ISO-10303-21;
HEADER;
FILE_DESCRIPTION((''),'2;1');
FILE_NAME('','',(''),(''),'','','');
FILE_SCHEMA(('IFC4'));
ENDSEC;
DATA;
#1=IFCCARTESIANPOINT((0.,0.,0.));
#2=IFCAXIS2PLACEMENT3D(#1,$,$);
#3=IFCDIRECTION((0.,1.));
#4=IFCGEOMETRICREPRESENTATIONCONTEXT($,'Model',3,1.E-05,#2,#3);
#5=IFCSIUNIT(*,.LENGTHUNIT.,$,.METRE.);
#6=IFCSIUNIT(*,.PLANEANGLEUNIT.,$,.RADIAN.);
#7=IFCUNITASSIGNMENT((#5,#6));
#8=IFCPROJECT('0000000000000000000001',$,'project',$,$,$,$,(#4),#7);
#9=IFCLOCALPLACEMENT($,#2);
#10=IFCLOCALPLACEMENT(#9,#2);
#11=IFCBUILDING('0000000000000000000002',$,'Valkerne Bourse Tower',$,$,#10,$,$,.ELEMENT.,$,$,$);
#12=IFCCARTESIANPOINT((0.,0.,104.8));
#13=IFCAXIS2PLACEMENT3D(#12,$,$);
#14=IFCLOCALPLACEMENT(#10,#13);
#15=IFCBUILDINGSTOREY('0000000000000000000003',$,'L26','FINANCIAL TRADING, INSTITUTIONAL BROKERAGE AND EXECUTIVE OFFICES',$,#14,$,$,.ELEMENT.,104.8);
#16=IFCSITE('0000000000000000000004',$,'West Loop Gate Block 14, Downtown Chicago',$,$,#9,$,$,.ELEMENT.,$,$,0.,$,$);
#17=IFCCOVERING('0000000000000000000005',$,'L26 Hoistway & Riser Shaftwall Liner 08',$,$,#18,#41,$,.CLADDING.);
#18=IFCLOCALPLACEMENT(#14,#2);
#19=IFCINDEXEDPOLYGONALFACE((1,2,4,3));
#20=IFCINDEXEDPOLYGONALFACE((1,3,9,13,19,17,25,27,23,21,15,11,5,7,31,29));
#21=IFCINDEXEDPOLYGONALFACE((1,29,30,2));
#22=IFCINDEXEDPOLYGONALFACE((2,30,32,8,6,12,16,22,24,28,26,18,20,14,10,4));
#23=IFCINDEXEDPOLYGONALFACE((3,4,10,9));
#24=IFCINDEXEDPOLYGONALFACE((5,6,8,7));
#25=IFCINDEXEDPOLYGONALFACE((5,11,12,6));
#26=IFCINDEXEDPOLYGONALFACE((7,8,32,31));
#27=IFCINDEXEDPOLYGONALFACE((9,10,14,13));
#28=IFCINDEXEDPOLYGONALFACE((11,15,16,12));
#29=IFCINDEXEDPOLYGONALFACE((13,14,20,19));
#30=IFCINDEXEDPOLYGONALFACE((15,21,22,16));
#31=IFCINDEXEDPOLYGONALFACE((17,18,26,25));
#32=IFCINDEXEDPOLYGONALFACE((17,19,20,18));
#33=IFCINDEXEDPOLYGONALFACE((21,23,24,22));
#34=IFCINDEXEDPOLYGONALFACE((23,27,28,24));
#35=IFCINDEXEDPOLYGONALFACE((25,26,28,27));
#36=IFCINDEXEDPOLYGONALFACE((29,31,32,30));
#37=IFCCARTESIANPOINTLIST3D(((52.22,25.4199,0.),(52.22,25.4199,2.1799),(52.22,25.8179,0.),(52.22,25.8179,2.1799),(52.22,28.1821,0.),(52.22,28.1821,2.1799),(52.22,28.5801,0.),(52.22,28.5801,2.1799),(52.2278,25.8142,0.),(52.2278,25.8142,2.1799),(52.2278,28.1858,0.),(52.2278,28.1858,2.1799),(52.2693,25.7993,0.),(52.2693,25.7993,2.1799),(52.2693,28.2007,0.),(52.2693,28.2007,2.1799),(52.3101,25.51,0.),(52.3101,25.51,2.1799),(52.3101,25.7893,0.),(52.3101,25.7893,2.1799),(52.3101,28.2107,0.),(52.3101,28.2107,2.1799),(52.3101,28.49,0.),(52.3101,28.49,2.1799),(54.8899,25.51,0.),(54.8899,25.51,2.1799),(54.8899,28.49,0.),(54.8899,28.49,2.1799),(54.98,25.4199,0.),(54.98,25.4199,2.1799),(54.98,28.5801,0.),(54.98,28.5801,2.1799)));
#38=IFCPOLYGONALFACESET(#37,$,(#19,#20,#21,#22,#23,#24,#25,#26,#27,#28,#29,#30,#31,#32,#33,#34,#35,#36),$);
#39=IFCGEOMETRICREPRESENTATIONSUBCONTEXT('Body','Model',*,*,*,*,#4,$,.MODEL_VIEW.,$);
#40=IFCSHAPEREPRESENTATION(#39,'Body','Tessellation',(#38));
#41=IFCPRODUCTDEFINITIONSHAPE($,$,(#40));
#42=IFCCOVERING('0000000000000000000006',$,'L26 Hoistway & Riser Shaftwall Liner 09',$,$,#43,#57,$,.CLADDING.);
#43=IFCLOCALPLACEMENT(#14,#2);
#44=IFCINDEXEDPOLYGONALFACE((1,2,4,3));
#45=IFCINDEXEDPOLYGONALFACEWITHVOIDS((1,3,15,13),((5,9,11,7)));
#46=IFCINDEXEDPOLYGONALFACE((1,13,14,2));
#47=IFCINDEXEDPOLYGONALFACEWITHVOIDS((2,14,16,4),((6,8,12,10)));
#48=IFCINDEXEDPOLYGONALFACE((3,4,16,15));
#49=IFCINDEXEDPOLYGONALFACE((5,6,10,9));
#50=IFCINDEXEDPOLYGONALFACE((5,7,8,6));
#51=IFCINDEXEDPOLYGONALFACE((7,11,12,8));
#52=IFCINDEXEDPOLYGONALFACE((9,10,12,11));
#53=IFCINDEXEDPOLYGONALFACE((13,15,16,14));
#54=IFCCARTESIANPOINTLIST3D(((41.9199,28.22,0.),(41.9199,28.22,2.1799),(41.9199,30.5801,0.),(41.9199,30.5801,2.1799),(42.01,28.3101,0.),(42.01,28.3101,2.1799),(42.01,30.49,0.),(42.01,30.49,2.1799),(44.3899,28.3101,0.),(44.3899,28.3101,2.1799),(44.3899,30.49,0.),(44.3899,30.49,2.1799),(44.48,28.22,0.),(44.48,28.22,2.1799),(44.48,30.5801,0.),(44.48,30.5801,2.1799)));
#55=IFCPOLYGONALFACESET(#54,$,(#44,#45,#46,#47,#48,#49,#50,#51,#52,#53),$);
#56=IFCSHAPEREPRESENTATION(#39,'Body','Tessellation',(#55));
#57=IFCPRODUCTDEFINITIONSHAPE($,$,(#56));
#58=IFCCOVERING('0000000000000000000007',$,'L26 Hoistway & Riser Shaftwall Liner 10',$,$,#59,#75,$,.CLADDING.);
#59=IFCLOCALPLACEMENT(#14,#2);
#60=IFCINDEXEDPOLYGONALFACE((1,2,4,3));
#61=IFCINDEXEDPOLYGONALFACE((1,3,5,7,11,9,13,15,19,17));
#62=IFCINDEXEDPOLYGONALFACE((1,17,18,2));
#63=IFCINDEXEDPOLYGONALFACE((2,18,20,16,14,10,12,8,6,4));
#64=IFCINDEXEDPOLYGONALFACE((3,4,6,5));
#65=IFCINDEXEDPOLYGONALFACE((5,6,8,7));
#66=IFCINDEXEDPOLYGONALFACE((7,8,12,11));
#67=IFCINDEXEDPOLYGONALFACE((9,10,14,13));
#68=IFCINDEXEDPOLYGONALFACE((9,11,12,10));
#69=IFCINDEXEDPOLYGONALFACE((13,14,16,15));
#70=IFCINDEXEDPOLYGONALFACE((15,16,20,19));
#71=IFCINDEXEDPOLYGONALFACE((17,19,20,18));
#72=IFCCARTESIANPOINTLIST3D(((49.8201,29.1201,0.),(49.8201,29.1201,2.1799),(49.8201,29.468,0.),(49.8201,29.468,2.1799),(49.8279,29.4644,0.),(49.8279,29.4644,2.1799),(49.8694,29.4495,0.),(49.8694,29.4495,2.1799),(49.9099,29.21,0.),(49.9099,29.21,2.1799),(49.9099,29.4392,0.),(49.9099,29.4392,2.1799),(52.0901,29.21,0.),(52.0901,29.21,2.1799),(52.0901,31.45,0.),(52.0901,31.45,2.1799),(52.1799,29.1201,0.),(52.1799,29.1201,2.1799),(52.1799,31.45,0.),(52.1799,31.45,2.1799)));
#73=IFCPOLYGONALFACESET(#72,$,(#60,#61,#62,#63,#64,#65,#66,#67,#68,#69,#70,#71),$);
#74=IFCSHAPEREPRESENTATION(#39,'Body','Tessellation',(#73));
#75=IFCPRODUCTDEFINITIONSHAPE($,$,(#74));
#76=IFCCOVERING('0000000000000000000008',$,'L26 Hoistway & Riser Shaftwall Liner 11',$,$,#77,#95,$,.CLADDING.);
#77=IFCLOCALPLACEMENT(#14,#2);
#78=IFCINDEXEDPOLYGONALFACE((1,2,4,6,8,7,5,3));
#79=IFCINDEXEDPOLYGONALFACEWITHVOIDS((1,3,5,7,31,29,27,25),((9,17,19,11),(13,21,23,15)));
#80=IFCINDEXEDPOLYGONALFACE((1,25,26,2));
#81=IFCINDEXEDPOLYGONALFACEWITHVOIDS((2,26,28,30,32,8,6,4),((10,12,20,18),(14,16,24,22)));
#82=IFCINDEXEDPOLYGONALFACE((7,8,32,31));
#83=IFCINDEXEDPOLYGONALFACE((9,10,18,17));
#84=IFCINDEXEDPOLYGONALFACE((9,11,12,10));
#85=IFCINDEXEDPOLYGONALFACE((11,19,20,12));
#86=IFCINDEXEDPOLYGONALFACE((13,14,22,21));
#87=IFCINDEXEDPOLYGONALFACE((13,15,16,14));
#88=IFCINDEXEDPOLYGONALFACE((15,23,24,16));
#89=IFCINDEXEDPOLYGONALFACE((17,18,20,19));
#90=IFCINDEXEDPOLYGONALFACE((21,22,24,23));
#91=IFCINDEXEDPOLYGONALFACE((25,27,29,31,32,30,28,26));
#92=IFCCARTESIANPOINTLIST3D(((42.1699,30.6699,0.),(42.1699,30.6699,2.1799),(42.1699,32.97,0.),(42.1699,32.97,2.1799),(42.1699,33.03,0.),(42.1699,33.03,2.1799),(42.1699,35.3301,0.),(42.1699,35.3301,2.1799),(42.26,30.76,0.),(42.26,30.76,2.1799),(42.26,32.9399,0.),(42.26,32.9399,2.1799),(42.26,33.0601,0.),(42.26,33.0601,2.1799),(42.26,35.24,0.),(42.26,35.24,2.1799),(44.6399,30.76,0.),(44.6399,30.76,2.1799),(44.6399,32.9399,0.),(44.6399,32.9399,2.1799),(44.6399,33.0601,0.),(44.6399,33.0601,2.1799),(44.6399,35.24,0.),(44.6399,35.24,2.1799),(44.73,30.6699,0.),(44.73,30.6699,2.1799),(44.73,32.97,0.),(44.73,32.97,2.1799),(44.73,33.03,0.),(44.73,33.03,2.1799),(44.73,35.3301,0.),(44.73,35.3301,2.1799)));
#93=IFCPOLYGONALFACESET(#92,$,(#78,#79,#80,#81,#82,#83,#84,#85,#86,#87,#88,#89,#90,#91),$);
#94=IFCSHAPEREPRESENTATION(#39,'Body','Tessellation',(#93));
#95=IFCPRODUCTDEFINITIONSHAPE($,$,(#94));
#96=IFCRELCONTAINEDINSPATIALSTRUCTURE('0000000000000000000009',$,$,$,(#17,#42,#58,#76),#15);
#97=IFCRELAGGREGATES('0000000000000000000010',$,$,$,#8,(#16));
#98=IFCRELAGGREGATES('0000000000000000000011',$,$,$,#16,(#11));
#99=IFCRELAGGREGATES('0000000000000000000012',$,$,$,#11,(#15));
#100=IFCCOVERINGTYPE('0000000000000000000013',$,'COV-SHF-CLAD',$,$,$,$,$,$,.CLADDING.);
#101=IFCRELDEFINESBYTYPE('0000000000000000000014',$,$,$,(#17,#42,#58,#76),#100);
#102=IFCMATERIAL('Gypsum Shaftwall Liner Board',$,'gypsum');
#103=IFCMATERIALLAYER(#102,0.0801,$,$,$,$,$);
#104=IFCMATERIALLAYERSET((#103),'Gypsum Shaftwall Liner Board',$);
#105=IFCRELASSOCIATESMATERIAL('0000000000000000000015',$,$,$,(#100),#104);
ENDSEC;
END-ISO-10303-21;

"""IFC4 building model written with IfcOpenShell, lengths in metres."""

from ifc_helpers import new_model, si_unit, direction, frame, origin, place, context, subcontext, project, spatial, polyline, outline, extrude, material, layer, layer_set, type_object, element, save


model = new_model("IFC4")

# Units and contexts
model_context = context("Model", 3, precision=1e-05, world=origin(), true_north=direction((0.0, 1.0)))
body_context = subcontext(model_context, "Body", "Model", "MODEL_VIEW")
ifc_project = project(units=[si_unit("LENGTHUNIT", "METRE"), si_unit("PLANEANGLEUNIT", "RADIAN")], contexts=[model_context])

# Site, building, storey
site_placement = place(None, origin())
site = spatial("IfcSite", under=ifc_project, at=site_placement, Name="West Loop Gate Block 14, Downtown Chicago", CompositionType="ELEMENT", RefElevation=0.0)
building_placement = place(site_placement, origin())
building = spatial("IfcBuilding", under=site, at=building_placement, Name="Valkerne Bourse Tower", CompositionType="ELEMENT")
storey_placement = place(building_placement, frame((0.0, 0.0, 104.8)))
storey = spatial("IfcBuildingStorey", under=building, at=storey_placement, Name="L26", Description="FINANCIAL TRADING, INSTITUTIONAL BROKERAGE AND EXECUTIVE OFFICES", CompositionType="ELEMENT", Elevation=104.8)

# Coverings
ifc_material_1 = material(Name="Gypsum Shaftwall Liner Board", Category="gypsum")
ifc_layer_1 = layer(ifc_material_1, 0.0801)
ifc_layer_set_1 = layer_set([ifc_layer_1], Name="Gypsum Shaftwall Liner Board")
covering_type_1 = type_object("IfcCoveringType", Name="COV-SHF-CLAD", PredefinedType="CLADDING", material=ifc_layer_set_1)
covering_1_placement = place(storey_placement, origin())
element("IfcCovering", 1, at=covering_1_placement, inside=storey, type_object=covering_type_1, Name="L26 Hoistway & Riser Shaftwall Liner 08", PredefinedType="CLADDING", context=body_context, shape_type="SweptSolid", body=[
    extrude(outline(polyline([(54.98, 25.4199), (52.22, 25.4199), (52.22, 25.8179), (52.2278, 25.8142), (52.2693, 25.7993), (52.3101, 25.7893), (52.3101, 25.51), (54.8899, 25.51), (54.8899, 28.49), (52.3101, 28.49), (52.3101, 28.2107), (52.2693, 28.2007), (52.2278, 28.1858), (52.22, 28.1821), (52.22, 28.5801), (54.98, 28.5801), (54.98, 25.4199)])), origin(), (0.0, 0.0, 1.0), 2.1799),
])
covering_2_placement = place(storey_placement, origin())
element("IfcCovering", 2, at=covering_2_placement, inside=storey, type_object=covering_type_1, Name="L26 Hoistway & Riser Shaftwall Liner 09", PredefinedType="CLADDING", context=body_context, shape_type="SweptSolid", body=[
    extrude(outline(polyline([(44.48, 28.22), (41.9199, 28.22), (41.9199, 30.5801), (44.48, 30.5801), (44.48, 28.22)]), holes=[polyline([(42.01, 30.49), (42.01, 28.3101), (44.3899, 28.3101), (44.3899, 30.49), (42.01, 30.49)])]), origin(), (0.0, 0.0, 1.0), 2.1799),
])
covering_3_placement = place(storey_placement, origin())
element("IfcCovering", 3, at=covering_3_placement, inside=storey, type_object=covering_type_1, Name="L26 Hoistway & Riser Shaftwall Liner 10", PredefinedType="CLADDING", context=body_context, shape_type="SweptSolid", body=[
    extrude(outline(polyline([(49.8201, 29.1201), (49.8201, 29.468), (49.8279, 29.4644), (49.8694, 29.4495), (49.9099, 29.4392), (49.9099, 29.21), (52.0901, 29.21), (52.0901, 31.45), (52.1799, 31.45), (52.1799, 29.1201), (49.8201, 29.1201)])), origin(), (0.0, 0.0, 1.0), 2.1799),
])
covering_4_placement = place(storey_placement, origin())
element("IfcCovering", 4, at=covering_4_placement, inside=storey, type_object=covering_type_1, Name="L26 Hoistway & Riser Shaftwall Liner 11", PredefinedType="CLADDING", context=body_context, shape_type="SweptSolid", body=[
    extrude(outline(polyline([(44.73, 35.3301), (44.73, 33.03), (44.73, 32.97), (44.73, 30.6699), (42.1699, 30.6699), (42.1699, 32.97), (42.1699, 33.03), (42.1699, 35.3301), (44.73, 35.3301)]), holes=[polyline([(42.26, 30.76), (44.6399, 30.76), (44.6399, 32.9399), (42.26, 32.9399), (42.26, 30.76)]), polyline([(42.26, 33.0601), (44.6399, 33.0601), (44.6399, 35.24), (42.26, 35.24), (42.26, 33.0601)])]), origin(), (0.0, 0.0, 1.0), 2.1799),
])

save(model, "model.ifc")
